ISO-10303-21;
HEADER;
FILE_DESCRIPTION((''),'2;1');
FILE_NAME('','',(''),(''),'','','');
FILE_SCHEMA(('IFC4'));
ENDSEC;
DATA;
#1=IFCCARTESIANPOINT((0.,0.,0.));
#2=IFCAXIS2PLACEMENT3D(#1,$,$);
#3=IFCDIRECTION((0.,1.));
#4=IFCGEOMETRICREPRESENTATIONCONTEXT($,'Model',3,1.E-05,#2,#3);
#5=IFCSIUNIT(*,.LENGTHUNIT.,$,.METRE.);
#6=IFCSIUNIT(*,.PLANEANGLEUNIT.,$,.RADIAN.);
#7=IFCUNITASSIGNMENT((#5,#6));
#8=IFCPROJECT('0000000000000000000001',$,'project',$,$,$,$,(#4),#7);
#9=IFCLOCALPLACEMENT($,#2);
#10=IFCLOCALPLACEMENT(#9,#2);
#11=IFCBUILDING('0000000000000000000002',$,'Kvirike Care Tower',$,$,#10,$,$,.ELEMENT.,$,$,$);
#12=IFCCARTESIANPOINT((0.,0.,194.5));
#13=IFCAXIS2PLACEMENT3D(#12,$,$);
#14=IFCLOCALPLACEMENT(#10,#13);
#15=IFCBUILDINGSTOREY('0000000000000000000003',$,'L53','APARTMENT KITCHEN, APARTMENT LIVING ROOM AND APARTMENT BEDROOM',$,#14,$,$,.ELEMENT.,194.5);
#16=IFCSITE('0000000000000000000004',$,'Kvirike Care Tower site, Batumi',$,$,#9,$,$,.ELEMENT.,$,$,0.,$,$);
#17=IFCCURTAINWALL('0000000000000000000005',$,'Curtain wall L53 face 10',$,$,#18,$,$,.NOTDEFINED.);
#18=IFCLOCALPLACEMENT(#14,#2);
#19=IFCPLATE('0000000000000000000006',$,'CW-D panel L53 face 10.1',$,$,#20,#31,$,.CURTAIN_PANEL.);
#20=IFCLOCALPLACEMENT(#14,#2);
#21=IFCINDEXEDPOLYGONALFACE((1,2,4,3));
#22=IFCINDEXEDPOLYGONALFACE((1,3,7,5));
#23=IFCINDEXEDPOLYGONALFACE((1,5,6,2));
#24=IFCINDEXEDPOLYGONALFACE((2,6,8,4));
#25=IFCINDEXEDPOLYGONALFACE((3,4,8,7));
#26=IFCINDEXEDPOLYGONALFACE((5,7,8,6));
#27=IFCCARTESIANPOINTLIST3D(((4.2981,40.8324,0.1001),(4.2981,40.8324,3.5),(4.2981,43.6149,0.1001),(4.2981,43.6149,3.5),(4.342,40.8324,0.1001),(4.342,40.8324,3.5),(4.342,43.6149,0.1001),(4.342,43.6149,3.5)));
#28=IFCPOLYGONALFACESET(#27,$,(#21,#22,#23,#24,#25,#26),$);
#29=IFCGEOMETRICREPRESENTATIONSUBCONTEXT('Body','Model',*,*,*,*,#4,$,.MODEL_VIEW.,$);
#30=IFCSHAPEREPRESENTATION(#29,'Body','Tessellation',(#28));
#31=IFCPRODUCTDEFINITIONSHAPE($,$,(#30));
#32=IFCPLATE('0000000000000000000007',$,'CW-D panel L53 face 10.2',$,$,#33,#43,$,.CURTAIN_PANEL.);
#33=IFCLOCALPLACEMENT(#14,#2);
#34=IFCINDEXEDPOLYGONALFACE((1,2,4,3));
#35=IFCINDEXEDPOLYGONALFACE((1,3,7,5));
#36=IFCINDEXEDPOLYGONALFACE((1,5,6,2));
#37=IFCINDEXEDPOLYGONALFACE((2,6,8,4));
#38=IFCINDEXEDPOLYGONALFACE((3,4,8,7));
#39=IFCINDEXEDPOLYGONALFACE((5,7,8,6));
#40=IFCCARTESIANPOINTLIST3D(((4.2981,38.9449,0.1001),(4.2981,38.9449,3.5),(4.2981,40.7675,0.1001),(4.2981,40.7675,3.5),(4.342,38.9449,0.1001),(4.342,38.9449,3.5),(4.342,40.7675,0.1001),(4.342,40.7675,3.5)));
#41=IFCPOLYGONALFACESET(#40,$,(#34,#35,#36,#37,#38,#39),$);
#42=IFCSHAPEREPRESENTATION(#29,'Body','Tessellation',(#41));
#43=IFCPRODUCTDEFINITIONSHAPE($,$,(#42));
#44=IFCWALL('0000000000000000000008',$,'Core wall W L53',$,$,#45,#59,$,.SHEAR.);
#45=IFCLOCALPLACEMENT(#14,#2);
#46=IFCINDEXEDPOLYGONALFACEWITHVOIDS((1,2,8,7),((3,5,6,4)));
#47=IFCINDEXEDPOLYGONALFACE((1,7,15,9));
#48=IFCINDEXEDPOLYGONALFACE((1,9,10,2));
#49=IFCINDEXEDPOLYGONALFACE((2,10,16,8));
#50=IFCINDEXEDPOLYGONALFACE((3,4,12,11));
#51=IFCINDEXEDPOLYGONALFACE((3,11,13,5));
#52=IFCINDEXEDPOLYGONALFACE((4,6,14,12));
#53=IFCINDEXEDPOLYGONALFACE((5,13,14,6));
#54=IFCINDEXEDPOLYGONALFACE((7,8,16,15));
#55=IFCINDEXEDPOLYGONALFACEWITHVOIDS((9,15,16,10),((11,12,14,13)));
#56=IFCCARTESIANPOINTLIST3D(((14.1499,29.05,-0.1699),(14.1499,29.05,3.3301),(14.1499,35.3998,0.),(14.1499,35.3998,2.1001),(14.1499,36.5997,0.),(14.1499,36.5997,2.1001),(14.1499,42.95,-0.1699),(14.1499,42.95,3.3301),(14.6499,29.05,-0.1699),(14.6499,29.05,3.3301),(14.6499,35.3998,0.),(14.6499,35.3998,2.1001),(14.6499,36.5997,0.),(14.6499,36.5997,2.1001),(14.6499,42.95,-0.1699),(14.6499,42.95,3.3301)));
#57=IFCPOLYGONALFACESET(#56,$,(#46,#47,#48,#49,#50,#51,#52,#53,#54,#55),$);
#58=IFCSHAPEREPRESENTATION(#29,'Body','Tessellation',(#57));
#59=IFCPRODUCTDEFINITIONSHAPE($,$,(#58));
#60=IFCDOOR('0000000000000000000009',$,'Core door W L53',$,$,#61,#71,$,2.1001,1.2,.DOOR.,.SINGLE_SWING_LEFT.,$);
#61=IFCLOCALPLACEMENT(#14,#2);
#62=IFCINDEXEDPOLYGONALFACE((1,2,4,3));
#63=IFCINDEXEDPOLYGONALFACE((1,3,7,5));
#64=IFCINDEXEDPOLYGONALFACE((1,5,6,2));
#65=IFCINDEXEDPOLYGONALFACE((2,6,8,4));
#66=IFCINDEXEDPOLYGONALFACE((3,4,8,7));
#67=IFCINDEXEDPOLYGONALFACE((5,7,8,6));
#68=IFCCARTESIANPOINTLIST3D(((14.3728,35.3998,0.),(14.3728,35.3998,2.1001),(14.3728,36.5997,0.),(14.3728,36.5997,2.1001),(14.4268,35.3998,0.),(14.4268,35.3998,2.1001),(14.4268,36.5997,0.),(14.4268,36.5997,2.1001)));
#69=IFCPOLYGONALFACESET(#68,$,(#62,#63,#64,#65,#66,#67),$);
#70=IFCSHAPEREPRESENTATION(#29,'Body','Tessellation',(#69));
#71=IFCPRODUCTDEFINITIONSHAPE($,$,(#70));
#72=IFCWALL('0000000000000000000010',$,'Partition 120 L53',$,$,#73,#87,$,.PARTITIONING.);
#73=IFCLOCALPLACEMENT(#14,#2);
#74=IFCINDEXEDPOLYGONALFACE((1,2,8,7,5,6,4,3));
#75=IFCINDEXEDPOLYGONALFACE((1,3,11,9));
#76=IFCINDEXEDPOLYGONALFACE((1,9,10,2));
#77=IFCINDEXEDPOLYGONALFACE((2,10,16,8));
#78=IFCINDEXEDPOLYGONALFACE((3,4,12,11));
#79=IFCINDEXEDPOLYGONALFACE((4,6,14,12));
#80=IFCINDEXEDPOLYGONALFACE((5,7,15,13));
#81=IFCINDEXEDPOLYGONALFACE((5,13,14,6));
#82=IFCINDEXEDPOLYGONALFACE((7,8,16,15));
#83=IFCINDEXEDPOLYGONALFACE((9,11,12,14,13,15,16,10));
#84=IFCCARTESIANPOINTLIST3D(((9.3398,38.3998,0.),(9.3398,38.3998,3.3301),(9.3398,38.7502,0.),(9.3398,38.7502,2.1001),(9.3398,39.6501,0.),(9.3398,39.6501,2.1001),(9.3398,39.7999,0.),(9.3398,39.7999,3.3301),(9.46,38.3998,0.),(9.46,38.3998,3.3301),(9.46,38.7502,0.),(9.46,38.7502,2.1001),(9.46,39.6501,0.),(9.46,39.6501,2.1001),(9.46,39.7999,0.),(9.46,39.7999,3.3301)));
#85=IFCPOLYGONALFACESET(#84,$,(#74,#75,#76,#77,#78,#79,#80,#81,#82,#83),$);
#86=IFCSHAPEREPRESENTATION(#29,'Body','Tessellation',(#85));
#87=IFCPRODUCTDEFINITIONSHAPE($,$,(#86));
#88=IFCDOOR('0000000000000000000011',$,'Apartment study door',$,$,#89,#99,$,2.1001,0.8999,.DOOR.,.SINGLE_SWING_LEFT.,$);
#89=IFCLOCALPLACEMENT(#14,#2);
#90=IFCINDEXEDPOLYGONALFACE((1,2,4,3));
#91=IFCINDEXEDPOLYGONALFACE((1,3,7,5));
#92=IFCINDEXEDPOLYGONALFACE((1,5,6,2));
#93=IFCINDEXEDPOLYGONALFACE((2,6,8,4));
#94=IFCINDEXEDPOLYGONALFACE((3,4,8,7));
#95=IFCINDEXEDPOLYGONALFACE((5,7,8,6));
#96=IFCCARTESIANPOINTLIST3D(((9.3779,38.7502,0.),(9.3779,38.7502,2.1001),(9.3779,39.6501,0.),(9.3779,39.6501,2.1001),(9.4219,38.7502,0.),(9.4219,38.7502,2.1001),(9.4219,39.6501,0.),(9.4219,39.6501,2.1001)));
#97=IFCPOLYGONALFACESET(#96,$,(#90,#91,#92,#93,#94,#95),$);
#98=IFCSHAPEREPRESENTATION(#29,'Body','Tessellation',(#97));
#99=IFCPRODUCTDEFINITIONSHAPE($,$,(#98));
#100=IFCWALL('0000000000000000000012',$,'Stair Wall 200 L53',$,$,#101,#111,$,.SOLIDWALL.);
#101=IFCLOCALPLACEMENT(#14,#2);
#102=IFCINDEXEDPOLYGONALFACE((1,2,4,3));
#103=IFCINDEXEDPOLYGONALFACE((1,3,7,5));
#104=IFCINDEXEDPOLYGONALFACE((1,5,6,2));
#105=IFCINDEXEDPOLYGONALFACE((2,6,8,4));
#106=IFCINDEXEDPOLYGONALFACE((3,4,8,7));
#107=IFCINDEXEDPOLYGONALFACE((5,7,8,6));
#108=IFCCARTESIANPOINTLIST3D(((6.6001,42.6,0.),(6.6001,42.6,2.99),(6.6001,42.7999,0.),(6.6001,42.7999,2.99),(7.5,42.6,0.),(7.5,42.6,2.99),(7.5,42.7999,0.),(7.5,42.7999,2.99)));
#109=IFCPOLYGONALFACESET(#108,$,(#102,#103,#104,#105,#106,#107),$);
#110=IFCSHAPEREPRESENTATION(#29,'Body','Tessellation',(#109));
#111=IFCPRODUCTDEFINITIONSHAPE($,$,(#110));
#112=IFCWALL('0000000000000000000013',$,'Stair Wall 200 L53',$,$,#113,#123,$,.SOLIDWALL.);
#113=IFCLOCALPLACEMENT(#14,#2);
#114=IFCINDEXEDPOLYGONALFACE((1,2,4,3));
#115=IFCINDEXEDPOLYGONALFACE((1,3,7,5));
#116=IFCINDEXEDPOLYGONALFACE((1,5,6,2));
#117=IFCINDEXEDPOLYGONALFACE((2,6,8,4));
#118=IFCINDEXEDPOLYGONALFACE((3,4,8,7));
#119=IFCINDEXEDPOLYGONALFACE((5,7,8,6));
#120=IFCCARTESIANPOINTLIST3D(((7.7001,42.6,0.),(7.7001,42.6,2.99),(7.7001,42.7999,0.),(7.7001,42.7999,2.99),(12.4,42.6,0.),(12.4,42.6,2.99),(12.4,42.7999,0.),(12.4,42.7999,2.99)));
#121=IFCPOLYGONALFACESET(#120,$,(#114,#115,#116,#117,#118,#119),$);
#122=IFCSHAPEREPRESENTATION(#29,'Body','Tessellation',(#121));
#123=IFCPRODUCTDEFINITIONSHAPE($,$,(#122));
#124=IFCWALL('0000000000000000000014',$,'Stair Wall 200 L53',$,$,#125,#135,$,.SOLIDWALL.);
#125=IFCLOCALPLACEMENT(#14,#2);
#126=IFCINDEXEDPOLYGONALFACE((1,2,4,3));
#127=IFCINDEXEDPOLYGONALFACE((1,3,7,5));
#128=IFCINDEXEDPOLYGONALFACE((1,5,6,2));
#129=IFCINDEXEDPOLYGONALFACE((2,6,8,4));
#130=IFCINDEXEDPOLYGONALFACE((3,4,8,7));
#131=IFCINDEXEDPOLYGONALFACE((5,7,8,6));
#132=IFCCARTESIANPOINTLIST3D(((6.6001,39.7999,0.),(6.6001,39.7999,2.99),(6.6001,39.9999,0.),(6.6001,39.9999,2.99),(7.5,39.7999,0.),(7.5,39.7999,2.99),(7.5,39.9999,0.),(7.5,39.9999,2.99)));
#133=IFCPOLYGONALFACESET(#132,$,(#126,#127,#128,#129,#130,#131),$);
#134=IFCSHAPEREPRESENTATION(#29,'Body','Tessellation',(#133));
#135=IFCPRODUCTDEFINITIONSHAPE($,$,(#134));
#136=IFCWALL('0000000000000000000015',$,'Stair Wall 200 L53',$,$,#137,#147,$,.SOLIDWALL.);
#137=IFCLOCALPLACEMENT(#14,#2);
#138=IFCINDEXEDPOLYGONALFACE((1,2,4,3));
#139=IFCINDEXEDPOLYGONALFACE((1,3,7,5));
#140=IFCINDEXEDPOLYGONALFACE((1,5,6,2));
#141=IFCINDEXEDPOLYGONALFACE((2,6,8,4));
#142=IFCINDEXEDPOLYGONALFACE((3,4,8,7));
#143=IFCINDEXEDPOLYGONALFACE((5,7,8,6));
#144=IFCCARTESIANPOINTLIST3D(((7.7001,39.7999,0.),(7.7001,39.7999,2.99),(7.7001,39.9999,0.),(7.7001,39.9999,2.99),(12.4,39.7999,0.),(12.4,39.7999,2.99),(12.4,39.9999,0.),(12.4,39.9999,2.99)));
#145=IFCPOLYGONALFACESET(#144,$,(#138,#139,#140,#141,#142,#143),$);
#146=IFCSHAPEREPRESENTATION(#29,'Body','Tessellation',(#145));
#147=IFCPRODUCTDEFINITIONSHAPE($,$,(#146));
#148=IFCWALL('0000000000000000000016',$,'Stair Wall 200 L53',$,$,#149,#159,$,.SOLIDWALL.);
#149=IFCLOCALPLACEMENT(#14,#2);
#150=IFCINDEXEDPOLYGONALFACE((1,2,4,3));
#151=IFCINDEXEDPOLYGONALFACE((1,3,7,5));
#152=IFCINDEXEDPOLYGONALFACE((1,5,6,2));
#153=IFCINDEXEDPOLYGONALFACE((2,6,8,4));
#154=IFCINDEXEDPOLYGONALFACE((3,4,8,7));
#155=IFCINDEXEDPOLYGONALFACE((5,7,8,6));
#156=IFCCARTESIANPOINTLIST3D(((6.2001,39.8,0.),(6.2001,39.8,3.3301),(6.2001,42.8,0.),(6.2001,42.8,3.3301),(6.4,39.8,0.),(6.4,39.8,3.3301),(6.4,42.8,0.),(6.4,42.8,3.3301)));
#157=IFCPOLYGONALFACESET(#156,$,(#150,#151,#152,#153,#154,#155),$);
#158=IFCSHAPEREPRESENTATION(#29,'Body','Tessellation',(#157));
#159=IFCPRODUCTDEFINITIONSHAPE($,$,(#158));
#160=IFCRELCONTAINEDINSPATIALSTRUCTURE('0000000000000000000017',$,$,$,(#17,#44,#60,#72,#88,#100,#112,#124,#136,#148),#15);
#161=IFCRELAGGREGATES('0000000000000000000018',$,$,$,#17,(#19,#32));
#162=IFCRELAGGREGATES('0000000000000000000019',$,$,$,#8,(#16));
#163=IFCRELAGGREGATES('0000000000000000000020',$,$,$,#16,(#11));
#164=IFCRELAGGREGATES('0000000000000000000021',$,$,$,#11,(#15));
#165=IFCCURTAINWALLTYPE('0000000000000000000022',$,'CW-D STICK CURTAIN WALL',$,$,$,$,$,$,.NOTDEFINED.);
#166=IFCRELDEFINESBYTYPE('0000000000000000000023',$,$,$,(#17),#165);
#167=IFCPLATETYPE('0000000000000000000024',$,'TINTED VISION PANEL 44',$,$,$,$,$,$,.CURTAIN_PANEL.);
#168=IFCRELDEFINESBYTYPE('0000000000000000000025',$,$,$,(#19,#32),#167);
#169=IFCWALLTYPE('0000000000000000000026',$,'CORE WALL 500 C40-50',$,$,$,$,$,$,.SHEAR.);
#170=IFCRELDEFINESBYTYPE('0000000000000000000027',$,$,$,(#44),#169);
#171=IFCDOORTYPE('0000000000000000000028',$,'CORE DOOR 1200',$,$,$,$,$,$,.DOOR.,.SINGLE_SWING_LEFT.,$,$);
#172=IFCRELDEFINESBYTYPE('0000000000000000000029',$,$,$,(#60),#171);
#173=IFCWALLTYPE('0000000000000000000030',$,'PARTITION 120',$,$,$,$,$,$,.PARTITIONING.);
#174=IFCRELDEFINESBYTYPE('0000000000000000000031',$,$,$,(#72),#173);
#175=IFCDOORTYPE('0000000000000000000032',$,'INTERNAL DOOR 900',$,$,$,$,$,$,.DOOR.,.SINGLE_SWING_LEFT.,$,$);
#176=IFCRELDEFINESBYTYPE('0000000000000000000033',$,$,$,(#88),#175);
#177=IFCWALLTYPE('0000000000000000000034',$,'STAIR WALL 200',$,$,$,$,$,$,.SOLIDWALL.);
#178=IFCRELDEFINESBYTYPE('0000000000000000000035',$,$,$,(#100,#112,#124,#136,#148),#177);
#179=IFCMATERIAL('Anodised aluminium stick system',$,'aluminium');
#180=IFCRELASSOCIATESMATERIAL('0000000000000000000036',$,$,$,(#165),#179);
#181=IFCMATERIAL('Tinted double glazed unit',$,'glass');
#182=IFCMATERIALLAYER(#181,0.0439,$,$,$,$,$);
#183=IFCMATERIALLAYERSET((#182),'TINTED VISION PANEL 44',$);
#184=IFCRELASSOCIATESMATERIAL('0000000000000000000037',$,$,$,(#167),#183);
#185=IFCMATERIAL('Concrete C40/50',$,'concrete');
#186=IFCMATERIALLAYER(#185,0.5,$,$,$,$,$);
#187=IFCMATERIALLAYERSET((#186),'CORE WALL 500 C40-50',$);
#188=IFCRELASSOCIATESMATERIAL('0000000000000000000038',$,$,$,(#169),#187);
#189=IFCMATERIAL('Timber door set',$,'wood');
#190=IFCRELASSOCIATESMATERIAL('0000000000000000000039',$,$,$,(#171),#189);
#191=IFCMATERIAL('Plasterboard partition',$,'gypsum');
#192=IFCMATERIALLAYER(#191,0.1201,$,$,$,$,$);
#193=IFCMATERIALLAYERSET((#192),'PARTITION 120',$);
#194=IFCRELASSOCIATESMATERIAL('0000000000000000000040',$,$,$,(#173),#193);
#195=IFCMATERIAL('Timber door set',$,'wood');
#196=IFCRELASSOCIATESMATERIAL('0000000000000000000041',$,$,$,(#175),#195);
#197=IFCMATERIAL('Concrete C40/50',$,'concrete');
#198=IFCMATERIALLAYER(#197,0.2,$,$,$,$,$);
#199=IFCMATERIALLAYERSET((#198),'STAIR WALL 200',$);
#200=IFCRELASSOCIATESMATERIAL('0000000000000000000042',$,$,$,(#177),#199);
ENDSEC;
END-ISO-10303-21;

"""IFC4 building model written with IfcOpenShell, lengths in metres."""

from ifc_helpers import new_model, si_unit, direction, frame, frame_2d, origin, origin_2d, place, context, subcontext, project, spatial, rectangle, extrude, material, layer, layer_set, type_object, element, fill, aggregate, save


model = new_model("IFC4")

# Units and contexts
model_context = context("Model", 3, precision=1e-05, world=origin(), true_north=direction((0.0, 1.0)))
body_context = subcontext(model_context, "Body", "Model", "MODEL_VIEW")
ifc_project = project(units=[si_unit("LENGTHUNIT", "METRE"), si_unit("PLANEANGLEUNIT", "RADIAN")], contexts=[model_context])

# Site, building, storey
site_placement = place(None, origin())
site = spatial("IfcSite", under=ifc_project, at=site_placement, Name="Kvirike Care Tower site, Batumi", CompositionType="ELEMENT", RefElevation=0.0)
building_placement = place(site_placement, origin())
building = spatial("IfcBuilding", under=site, at=building_placement, Name="Kvirike Care Tower", CompositionType="ELEMENT")
storey_placement = place(building_placement, frame((0.0, 0.0, 194.5)))
storey = spatial("IfcBuildingStorey", under=building, at=storey_placement, Name="L53", Description="APARTMENT KITCHEN, APARTMENT LIVING ROOM AND APARTMENT BEDROOM", CompositionType="ELEMENT", Elevation=194.5)

# Curtain wall
ifc_material_1 = material(Name="Anodised aluminium stick system", Category="aluminium")
curtain_wall_type = type_object("IfcCurtainWallType", Name="CW-D STICK CURTAIN WALL", PredefinedType="NOTDEFINED", material=ifc_material_1)
curtain_wall_placement = place(storey_placement, origin())
curtain_wall = element("IfcCurtainWall", 1, at=curtain_wall_placement, inside=storey, type_object=curtain_wall_type, Name="Curtain wall L53 face 10", PredefinedType="NOTDEFINED")

# Plates
ifc_material_2 = material(Name="Tinted double glazed unit", Category="glass")
ifc_layer_1 = layer(ifc_material_2, 0.0439)
ifc_layer_set_1 = layer_set([ifc_layer_1], Name="TINTED VISION PANEL 44")
plate_type = type_object("IfcPlateType", Name="TINTED VISION PANEL 44", PredefinedType="CURTAIN_PANEL", material=ifc_layer_set_1)
plate_1_placement = place(storey_placement, frame((4.3201, 42.2236, 0.1001), z_axis=(0.0, 0.0, 1.0), x_axis=(0.0, -1.0, 0.0)))
plate_1 = element("IfcPlate", 2, at=plate_1_placement, type_object=plate_type, Name="CW-D panel L53 face 10.1", PredefinedType="CURTAIN_PANEL", context=body_context, shape_type="SweptSolid", body=[
    extrude(rectangle(XDim=2.7825, YDim=0.0439, at=origin_2d()), origin(), (0.0, 0.0, 1.0), 3.3999),
])
plate_2_placement = place(storey_placement, frame((4.3201, 39.8562, 0.1001), z_axis=(0.0, 0.0, 1.0), x_axis=(0.0, -1.0, 0.0)))
plate_2 = element("IfcPlate", 3, at=plate_2_placement, type_object=plate_type, Name="CW-D panel L53 face 10.2", PredefinedType="CURTAIN_PANEL", context=body_context, shape_type="SweptSolid", body=[
    extrude(rectangle(XDim=1.8225, YDim=0.0439, at=origin_2d()), origin(), (0.0, 0.0, 1.0), 3.3999),
])
aggregate(curtain_wall, [plate_1, plate_2])

# Walls, openings, doors
ifc_material_3 = material(Name="Concrete C40/50", Category="concrete")
ifc_layer_2 = layer(ifc_material_3, 0.5)
ifc_layer_set_2 = layer_set([ifc_layer_2], Name="CORE WALL 500 C40-50")
wall_type_1 = type_object("IfcWallType", Name="CORE WALL 500 C40-50", PredefinedType="SHEAR", material=ifc_layer_set_2)
wall_1_placement = place(storey_placement, frame((14.3999, 42.95, -0.1699), z_axis=(0.0, 0.0, 1.0), x_axis=(0.0, -1.0, 0.0)))
wall_1 = element("IfcWall", 4, at=wall_1_placement, inside=storey, type_object=wall_type_1, Name="Core wall W L53", PredefinedType="SHEAR", context=body_context, shape_type="SweptSolid", body=[
    extrude(rectangle(XDim=13.8999, YDim=0.5, at=frame_2d((6.95, 0.0))), origin(), (0.0, 0.0, 1.0), 3.5),
])
opening_1_placement = place(wall_1_placement, frame((6.3501, 0.0, 0.1699)))
opening_1 = element("IfcOpeningElement", 5, at=opening_1_placement, cuts=wall_1, PredefinedType="OPENING", context=body_context, shape_type="SweptSolid", body=[
    extrude(rectangle(XDim=1.2, YDim=2.1001, at=frame_2d((0.6001, 1.05))), frame((0.0, 0.2605, 0.0), z_axis=(0.0, -1.0, 0.0), x_axis=(1.0, 0.0, 0.0)), (0.0, 0.0, 1.0), 0.521),
])
ifc_material_4 = material(Name="Timber door set", Category="wood")
door_type_1 = type_object("IfcDoorType", Name="CORE DOOR 1200", OperationType="SINGLE_SWING_LEFT", PredefinedType="DOOR", material=ifc_material_4)
door_1_placement = place(opening_1_placement, origin())
door_1 = element("IfcDoor", 6, at=door_1_placement, inside=storey, type_object=door_type_1, Name="Core door W L53", OperationType="SINGLE_SWING_LEFT", OverallHeight=2.1001, OverallWidth=1.2, PredefinedType="DOOR", context=body_context, shape_type="SweptSolid", body=[
    extrude(rectangle(XDim=1.2, YDim=2.1001, at=frame_2d((0.6001, 1.05))), frame((0.0, 0.0269, 0.0), z_axis=(0.0, -1.0, 0.0), x_axis=(1.0, 0.0, 0.0)), (0.0, 0.0, 1.0), 0.054),
])
fill(opening_1, door_1)
ifc_material_5 = material(Name="Plasterboard partition", Category="gypsum")
ifc_layer_3 = layer(ifc_material_5, 0.1201)
ifc_layer_set_3 = layer_set([ifc_layer_3], Name="PARTITION 120")
wall_type_2 = type_object("IfcWallType", Name="PARTITION 120", PredefinedType="PARTITIONING", material=ifc_layer_set_3)
wall_2_placement = place(storey_placement, frame((9.3999, 39.8, 0.0), z_axis=(0.0, 0.0, 1.0), x_axis=(0.0, -1.0, 0.0)))
wall_2 = element("IfcWall", 7, at=wall_2_placement, inside=storey, type_object=wall_type_2, Name="Partition 120 L53", PredefinedType="PARTITIONING", context=body_context, shape_type="SweptSolid", body=[
    extrude(rectangle(XDim=1.4001, YDim=0.1201, at=frame_2d((0.7002, 0.0))), origin(), (0.0, 0.0, 1.0), 3.3301),
])
opening_2_placement = place(wall_2_placement, frame((0.1499, 0.0, 0.0)))
opening_2 = element("IfcOpeningElement", 8, at=opening_2_placement, cuts=wall_2, PredefinedType="OPENING", context=body_context, shape_type="SweptSolid", body=[
    extrude(rectangle(XDim=0.8999, YDim=2.1001, at=frame_2d((0.45, 1.05))), frame((0.0, 0.0706, 0.0), z_axis=(0.0, -1.0, 0.0), x_axis=(1.0, 0.0, 0.0)), (0.0, 0.0, 1.0), 0.1411),
])
ifc_material_6 = material(Name="Timber door set", Category="wood")
door_type_2 = type_object("IfcDoorType", Name="INTERNAL DOOR 900", OperationType="SINGLE_SWING_LEFT", PredefinedType="DOOR", material=ifc_material_6)
door_2_placement = place(opening_2_placement, frame((0.8999, 0.0, 0.0), z_axis=(0.0, 0.0, 1.0), x_axis=(-1.0, 0.0, 0.0)))
door_2 = element("IfcDoor", 9, at=door_2_placement, inside=storey, type_object=door_type_2, Name="Apartment study door", OperationType="SINGLE_SWING_LEFT", OverallHeight=2.1001, OverallWidth=0.8999, PredefinedType="DOOR", context=body_context, shape_type="SweptSolid", body=[
    extrude(rectangle(XDim=0.8999, YDim=2.1001, at=frame_2d((0.45, 1.05))), frame((0.0, 0.022, 0.0), z_axis=(0.0, -1.0, 0.0), x_axis=(1.0, 0.0, 0.0)), (0.0, 0.0, 1.0), 0.0439),
])
fill(opening_2, door_2)

# Walls
ifc_material_7 = material(Name="Concrete C40/50", Category="concrete")
ifc_layer_4 = layer(ifc_material_7, 0.2)
ifc_layer_set_4 = layer_set([ifc_layer_4], Name="STAIR WALL 200")
wall_type_3 = type_object("IfcWallType", Name="STAIR WALL 200", PredefinedType="SOLIDWALL", material=ifc_layer_set_4)
wall_3_placement = place(storey_placement, frame((6.6001, 42.7, 0.0), z_axis=(0.0, 0.0, 1.0), x_axis=(1.0, 0.0, 0.0)))
element("IfcWall", 10, at=wall_3_placement, inside=storey, type_object=wall_type_3, Name="Stair Wall 200 L53", PredefinedType="SOLIDWALL", context=body_context, shape_type="SweptSolid", body=[
    extrude(rectangle(XDim=0.8999, YDim=0.2, at=frame_2d((0.45, 0.0))), origin(), (0.0, 0.0, 1.0), 2.99),
])
wall_4_placement = place(storey_placement, frame((7.7, 42.7, 0.0), z_axis=(0.0, 0.0, 1.0), x_axis=(1.0, 0.0, 0.0)))
element("IfcWall", 11, at=wall_4_placement, inside=storey, type_object=wall_type_3, Name="Stair Wall 200 L53", PredefinedType="SOLIDWALL", context=body_context, shape_type="SweptSolid", body=[
    extrude(rectangle(XDim=4.7, YDim=0.2, at=frame_2d((2.3501, 0.0))), origin(), (0.0, 0.0, 1.0), 2.99),
])
wall_5_placement = place(storey_placement, frame((6.6001, 39.8999, 0.0), z_axis=(0.0, 0.0, 1.0), x_axis=(1.0, 0.0, 0.0)))
element("IfcWall", 12, at=wall_5_placement, inside=storey, type_object=wall_type_3, Name="Stair Wall 200 L53", PredefinedType="SOLIDWALL", context=body_context, shape_type="SweptSolid", body=[
    extrude(rectangle(XDim=0.8999, YDim=0.2, at=frame_2d((0.45, 0.0))), origin(), (0.0, 0.0, 1.0), 2.99),
])
wall_6_placement = place(storey_placement, frame((7.7, 39.8999, 0.0), z_axis=(0.0, 0.0, 1.0), x_axis=(1.0, 0.0, 0.0)))
element("IfcWall", 13, at=wall_6_placement, inside=storey, type_object=wall_type_3, Name="Stair Wall 200 L53", PredefinedType="SOLIDWALL", context=body_context, shape_type="SweptSolid", body=[
    extrude(rectangle(XDim=4.7, YDim=0.2, at=frame_2d((2.3501, 0.0))), origin(), (0.0, 0.0, 1.0), 2.99),
])
wall_7_placement = place(storey_placement, frame((6.3, 42.8, 0.0), z_axis=(0.0, 0.0, 1.0), x_axis=(0.0, -1.0, 0.0)))
element("IfcWall", 14, at=wall_7_placement, inside=storey, type_object=wall_type_3, Name="Stair Wall 200 L53", PredefinedType="SOLIDWALL", context=body_context, shape_type="SweptSolid", body=[
    extrude(rectangle(XDim=3.0, YDim=0.2, at=frame_2d((1.5, 0.0))), origin(), (0.0, 0.0, 1.0), 3.3301),
])

save(model, "model.ifc")
